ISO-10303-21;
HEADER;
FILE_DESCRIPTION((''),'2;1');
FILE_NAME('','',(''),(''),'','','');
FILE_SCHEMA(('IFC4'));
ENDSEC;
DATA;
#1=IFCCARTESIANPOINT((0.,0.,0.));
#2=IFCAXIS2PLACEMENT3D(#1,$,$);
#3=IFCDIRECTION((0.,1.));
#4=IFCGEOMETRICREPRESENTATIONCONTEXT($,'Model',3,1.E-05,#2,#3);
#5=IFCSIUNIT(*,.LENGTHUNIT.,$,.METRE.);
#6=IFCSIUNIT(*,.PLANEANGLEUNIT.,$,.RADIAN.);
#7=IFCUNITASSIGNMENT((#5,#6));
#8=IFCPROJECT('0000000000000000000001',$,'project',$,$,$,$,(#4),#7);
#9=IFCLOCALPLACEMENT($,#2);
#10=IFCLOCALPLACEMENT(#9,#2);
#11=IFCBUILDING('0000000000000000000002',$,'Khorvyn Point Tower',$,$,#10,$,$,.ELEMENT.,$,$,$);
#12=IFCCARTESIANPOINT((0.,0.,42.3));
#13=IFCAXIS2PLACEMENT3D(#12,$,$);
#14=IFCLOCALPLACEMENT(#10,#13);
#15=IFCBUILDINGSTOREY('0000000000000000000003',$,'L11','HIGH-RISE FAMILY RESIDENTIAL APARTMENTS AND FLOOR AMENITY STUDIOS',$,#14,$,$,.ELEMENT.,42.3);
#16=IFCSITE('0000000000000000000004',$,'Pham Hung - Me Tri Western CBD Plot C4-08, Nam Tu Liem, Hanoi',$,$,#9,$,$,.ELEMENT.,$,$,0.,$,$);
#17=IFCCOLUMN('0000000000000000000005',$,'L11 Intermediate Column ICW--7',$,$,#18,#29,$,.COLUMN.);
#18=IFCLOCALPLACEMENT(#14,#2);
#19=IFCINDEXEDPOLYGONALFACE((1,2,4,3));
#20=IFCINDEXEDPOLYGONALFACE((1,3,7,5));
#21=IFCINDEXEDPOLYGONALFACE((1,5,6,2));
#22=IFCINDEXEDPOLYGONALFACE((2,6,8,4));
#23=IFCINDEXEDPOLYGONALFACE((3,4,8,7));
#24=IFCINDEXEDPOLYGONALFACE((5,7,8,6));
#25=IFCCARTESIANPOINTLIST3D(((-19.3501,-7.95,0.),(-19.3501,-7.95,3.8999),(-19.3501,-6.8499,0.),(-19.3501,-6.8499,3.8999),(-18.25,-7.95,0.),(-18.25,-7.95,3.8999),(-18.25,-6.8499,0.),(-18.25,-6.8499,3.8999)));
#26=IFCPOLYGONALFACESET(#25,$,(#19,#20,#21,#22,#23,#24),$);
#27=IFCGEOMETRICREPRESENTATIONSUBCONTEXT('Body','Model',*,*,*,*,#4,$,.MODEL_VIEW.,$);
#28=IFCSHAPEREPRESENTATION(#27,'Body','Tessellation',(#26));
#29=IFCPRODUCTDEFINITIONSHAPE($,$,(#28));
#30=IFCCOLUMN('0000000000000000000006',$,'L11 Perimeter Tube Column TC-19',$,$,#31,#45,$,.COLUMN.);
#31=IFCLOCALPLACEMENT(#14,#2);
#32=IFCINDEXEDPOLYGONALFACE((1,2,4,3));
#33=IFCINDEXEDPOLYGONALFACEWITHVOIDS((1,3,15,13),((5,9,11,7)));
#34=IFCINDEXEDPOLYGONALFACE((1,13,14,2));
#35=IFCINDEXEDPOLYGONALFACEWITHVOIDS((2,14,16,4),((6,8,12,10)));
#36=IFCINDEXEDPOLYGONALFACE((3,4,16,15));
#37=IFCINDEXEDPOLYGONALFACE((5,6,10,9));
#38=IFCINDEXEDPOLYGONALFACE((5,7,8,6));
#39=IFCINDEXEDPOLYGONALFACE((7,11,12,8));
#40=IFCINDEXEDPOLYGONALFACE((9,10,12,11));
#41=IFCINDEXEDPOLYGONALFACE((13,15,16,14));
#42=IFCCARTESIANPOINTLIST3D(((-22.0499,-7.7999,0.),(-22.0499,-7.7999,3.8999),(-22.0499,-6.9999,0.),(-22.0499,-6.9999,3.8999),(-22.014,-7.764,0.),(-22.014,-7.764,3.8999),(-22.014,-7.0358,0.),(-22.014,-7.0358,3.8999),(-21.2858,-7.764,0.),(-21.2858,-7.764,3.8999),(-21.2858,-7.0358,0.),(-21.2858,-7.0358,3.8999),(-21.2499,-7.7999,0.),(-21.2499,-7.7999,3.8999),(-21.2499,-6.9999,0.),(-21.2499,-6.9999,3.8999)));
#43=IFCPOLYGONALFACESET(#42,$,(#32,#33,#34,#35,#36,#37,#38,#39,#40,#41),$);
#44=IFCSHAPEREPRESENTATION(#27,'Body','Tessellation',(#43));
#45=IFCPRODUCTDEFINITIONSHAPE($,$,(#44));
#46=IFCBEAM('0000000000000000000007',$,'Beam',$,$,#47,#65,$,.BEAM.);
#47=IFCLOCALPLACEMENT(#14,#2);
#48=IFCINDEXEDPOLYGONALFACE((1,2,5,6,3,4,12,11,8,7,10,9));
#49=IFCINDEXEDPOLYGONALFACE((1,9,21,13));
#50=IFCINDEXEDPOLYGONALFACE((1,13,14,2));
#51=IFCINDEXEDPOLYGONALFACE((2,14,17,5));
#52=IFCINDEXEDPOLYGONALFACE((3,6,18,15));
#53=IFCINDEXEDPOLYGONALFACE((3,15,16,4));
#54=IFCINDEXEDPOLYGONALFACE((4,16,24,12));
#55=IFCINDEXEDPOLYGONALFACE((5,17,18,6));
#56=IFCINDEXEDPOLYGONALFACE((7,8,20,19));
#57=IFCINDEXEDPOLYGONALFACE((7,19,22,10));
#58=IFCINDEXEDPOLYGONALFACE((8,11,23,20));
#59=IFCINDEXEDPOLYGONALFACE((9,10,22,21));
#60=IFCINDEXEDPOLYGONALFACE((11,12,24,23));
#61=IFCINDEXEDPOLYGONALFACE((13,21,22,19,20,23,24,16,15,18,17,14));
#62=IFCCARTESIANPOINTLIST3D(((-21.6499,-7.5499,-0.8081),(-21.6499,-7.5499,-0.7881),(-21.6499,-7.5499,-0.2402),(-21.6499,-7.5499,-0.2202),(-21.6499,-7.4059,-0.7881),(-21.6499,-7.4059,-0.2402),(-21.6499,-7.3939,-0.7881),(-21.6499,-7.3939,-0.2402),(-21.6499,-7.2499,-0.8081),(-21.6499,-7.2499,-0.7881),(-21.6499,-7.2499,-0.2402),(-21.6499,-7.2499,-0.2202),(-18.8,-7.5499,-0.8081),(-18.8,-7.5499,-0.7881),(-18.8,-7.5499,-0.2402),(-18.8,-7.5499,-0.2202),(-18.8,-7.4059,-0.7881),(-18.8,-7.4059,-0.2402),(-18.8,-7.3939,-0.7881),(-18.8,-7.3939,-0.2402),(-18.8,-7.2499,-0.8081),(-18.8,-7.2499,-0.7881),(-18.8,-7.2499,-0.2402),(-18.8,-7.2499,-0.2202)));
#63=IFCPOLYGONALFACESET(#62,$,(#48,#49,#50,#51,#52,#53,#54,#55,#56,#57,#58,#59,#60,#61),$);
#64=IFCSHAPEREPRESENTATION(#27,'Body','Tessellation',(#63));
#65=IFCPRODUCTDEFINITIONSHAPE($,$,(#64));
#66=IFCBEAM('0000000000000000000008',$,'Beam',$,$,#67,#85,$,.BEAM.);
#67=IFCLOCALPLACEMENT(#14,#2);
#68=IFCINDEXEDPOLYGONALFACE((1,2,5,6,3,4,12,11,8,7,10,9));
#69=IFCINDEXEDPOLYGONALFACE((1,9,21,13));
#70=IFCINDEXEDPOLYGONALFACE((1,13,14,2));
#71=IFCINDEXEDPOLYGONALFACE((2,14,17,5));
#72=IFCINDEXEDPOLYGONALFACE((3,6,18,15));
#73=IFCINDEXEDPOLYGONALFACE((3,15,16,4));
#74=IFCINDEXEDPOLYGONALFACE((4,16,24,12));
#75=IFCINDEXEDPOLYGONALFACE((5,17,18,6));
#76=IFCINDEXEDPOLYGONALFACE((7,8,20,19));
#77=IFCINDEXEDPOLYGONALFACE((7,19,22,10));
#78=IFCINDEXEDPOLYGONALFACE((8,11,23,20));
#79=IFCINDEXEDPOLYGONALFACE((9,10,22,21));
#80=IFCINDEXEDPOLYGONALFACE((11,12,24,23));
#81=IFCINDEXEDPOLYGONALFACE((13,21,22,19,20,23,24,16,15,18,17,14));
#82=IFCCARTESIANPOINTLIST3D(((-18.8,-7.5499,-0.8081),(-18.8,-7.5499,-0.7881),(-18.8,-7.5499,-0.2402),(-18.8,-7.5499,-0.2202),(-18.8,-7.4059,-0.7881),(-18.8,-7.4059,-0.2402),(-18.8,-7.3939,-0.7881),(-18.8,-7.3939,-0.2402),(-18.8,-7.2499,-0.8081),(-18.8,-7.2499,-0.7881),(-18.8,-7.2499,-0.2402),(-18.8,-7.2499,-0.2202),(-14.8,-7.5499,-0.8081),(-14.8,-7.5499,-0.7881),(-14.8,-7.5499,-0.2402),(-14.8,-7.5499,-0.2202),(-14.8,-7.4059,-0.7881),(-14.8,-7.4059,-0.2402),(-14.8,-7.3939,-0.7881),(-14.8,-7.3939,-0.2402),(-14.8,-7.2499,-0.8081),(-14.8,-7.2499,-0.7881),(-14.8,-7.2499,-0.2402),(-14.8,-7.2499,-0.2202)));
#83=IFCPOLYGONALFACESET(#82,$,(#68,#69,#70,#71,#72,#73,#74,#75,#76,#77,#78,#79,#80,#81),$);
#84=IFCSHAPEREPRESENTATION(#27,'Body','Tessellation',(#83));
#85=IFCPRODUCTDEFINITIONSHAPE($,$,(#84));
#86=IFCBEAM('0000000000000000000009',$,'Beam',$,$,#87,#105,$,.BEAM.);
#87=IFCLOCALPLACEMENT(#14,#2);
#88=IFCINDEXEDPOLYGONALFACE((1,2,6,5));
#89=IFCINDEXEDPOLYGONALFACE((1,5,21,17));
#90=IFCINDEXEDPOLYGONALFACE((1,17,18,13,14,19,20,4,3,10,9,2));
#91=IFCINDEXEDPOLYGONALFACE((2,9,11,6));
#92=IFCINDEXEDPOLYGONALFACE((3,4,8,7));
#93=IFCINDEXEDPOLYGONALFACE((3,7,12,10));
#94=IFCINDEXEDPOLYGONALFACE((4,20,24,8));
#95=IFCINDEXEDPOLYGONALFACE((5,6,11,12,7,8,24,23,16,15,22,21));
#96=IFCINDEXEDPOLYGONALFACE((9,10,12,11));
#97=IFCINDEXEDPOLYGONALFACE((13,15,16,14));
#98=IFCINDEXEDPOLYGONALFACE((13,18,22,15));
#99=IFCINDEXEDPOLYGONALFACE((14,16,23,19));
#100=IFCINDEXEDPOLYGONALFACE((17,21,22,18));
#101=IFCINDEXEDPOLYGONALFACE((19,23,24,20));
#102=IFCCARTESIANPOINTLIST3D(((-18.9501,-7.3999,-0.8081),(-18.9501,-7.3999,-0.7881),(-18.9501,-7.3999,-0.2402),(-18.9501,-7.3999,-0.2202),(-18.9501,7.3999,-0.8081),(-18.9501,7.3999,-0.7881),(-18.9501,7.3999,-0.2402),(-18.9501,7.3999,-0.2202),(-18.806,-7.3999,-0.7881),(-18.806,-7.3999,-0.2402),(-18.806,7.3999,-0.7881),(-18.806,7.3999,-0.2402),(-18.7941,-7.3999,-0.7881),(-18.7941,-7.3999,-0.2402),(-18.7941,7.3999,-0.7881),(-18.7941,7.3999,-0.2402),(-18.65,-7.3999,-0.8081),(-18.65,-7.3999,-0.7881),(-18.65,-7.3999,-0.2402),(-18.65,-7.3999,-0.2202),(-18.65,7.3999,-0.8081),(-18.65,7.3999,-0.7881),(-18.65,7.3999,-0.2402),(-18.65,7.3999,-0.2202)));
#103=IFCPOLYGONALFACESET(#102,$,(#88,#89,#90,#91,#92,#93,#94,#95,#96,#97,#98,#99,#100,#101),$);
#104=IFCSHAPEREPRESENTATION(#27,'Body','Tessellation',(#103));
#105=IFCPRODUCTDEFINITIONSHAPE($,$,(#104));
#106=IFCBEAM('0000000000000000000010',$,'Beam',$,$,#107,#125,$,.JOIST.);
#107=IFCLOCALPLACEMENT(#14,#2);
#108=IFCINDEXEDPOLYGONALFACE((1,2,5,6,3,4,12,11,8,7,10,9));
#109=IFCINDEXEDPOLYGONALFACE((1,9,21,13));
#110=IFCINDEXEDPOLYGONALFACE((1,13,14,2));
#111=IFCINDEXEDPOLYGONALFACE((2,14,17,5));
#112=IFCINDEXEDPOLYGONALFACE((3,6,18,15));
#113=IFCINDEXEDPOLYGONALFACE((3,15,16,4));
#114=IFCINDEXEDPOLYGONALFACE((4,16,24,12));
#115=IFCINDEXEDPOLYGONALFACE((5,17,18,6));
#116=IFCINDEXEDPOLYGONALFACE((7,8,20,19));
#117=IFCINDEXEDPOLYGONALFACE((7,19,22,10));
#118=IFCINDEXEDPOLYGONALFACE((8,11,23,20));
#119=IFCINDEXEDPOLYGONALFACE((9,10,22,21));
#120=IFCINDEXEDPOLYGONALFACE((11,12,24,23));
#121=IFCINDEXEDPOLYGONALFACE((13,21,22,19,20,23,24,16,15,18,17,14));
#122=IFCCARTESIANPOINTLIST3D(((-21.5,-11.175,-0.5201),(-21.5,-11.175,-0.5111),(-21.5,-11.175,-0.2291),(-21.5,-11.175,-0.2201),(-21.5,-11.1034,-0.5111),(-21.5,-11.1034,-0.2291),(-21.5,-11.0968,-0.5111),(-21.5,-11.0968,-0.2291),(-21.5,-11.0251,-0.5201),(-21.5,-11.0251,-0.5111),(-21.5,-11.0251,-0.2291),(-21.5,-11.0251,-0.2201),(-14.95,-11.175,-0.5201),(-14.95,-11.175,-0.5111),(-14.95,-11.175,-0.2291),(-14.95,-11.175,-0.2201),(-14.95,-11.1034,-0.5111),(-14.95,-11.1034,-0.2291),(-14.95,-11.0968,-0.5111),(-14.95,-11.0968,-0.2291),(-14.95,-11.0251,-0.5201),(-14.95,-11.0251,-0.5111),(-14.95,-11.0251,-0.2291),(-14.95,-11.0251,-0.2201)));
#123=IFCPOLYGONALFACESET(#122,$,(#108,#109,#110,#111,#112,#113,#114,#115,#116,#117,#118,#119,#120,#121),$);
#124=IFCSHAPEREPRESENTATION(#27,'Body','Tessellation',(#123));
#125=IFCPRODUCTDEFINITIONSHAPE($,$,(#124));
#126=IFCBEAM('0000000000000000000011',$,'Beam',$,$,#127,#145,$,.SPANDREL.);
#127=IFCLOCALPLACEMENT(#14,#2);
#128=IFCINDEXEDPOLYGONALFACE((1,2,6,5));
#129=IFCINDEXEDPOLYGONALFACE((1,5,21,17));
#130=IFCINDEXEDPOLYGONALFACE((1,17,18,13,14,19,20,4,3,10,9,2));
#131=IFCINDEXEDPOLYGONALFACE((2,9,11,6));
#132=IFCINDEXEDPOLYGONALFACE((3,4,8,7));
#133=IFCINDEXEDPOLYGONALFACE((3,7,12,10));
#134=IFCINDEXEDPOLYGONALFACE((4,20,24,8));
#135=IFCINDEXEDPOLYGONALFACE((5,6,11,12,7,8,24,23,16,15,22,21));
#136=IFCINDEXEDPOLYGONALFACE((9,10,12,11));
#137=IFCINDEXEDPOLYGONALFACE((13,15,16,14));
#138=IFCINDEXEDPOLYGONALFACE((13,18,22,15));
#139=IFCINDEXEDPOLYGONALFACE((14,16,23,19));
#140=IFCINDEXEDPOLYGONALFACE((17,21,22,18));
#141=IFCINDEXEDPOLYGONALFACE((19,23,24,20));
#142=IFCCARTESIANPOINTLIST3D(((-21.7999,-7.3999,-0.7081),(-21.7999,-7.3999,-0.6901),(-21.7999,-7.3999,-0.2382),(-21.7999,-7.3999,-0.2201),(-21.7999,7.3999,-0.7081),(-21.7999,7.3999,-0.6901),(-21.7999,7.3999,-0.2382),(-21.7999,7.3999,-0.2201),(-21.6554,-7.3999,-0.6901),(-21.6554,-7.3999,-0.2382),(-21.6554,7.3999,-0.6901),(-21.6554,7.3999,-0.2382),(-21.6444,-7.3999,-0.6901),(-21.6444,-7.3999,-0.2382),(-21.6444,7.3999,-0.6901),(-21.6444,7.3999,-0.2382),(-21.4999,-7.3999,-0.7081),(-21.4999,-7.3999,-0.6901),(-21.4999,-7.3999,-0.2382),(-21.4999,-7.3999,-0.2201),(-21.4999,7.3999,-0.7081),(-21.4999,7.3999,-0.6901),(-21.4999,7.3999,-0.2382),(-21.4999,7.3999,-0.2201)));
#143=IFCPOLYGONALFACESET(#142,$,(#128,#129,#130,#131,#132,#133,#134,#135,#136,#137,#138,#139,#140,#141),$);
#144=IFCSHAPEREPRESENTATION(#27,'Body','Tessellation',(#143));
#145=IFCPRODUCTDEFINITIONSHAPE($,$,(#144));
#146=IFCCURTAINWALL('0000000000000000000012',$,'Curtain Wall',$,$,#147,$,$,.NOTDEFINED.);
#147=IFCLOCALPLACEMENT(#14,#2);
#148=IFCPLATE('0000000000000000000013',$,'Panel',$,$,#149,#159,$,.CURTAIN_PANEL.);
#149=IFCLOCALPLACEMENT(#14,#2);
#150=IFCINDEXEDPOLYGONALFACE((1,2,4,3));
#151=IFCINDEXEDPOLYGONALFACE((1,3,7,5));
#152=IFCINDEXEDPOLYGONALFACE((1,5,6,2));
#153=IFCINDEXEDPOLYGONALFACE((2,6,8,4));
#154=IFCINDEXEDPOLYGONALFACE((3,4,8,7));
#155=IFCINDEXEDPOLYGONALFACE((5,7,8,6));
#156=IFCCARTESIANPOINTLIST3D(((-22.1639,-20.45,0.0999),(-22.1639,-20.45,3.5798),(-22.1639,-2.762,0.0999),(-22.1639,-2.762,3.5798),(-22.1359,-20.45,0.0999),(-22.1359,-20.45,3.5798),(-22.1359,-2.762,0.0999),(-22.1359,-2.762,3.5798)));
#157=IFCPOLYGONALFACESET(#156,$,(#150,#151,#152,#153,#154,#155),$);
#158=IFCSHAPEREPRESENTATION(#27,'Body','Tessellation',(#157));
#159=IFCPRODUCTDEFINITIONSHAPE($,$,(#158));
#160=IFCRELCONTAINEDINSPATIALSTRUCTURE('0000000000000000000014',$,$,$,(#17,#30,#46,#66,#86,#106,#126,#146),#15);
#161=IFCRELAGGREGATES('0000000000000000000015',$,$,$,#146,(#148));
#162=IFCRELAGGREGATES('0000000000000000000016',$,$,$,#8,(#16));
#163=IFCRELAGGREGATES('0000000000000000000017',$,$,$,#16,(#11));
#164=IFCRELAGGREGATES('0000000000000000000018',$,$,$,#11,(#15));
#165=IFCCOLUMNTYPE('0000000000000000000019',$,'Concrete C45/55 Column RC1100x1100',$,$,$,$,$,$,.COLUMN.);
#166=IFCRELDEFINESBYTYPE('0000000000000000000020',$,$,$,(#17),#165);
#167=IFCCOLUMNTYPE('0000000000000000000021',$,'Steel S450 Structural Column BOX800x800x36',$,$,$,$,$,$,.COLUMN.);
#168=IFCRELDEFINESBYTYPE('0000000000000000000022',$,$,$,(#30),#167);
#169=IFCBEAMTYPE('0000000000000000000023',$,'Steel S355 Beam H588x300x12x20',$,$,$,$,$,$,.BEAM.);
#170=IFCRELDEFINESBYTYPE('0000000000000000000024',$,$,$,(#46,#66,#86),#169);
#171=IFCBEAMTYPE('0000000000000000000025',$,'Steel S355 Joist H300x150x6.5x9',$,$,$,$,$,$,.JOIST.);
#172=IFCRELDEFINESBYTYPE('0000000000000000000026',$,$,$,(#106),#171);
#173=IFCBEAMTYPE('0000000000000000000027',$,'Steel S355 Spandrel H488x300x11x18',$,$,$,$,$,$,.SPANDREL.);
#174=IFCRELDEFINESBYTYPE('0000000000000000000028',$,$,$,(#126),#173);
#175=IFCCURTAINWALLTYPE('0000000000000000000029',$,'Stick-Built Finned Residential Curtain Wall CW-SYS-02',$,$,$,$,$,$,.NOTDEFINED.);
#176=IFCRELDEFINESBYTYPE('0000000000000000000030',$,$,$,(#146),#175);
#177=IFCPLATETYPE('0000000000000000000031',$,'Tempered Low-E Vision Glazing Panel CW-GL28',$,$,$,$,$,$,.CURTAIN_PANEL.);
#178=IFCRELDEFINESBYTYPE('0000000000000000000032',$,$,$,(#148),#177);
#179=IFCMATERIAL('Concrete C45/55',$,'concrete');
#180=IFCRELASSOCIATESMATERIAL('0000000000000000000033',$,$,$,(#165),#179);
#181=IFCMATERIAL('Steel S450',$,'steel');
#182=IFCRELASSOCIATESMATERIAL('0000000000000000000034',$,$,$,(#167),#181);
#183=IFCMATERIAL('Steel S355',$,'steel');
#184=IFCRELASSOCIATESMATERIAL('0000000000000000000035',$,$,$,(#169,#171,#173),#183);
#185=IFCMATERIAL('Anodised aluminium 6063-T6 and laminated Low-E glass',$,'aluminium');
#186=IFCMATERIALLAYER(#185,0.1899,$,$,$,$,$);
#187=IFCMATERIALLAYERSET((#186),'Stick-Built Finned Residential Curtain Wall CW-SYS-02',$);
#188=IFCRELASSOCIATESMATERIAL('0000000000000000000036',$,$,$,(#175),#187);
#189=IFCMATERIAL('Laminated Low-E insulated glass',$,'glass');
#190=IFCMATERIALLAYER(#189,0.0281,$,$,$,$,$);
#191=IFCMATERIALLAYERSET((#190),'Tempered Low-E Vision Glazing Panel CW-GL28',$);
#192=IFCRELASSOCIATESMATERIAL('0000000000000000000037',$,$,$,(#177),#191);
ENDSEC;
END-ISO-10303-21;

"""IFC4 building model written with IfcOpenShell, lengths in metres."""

from ifc_helpers import new_model, si_unit, direction, frame, origin, origin_2d, place, context, subcontext, project, spatial, rectangle, hollow_rectangle, i_section, extrude, material, layer, layer_set, material_profile, profile_set, type_object, element, aggregate, save


model = new_model("IFC4")

# Units and contexts
model_context = context("Model", 3, precision=1e-05, world=origin(), true_north=direction((0.0, 1.0)))
body_context = subcontext(model_context, "Body", "Model", "MODEL_VIEW")
ifc_project = project(units=[si_unit("LENGTHUNIT", "METRE"), si_unit("PLANEANGLEUNIT", "RADIAN")], contexts=[model_context])

# Site, building, storey
site_placement = place(None, origin())
site = spatial("IfcSite", under=ifc_project, at=site_placement, Name="Pham Hung - Me Tri Western CBD Plot C4-08, Nam Tu Liem, Hanoi", CompositionType="ELEMENT", RefElevation=0.0)
building_placement = place(site_placement, origin())
building = spatial("IfcBuilding", under=site, at=building_placement, Name="Khorvyn Point Tower", CompositionType="ELEMENT")
storey_placement = place(building_placement, frame((0.0, 0.0, 42.3)))
storey = spatial("IfcBuildingStorey", under=building, at=storey_placement, Name="L11", Description="HIGH-RISE FAMILY RESIDENTIAL APARTMENTS AND FLOOR AMENITY STUDIOS", CompositionType="ELEMENT", Elevation=42.3)

# Columns
ifc_material_1 = material(Name="Concrete C45/55", Category="concrete")
ifc_material_profile_1 = material_profile(ifc_material_1, rectangle(XDim=1.1001, YDim=1.1001, at=origin_2d()))
ifc_profile_set_1 = profile_set([ifc_material_profile_1], Name="Concrete C45/55 RC1100x1100")
column_type_1 = type_object("IfcColumnType", Name="Concrete C45/55 Column RC1100x1100", PredefinedType="COLUMN", material=ifc_profile_set_1)
column_1_placement = place(storey_placement, frame((-18.8, -7.3999, 0.0), z_axis=(0.0, 0.0, 1.0), x_axis=(1.0, 0.0, 0.0)))
element("IfcColumn", 1, at=column_1_placement, inside=storey, type_object=column_type_1, Name="L11 Intermediate Column ICW--7", PredefinedType="COLUMN", context=body_context, shape_type="SweptSolid", body=[
    extrude(rectangle(XDim=1.1001, YDim=1.1001, at=origin_2d()), origin(), (0.0, 0.0, 1.0), 3.8999),
])
ifc_material_2 = material(Name="Steel S450", Category="steel")
ifc_material_profile_2 = material_profile(ifc_material_2, hollow_rectangle(XDim=0.8, YDim=0.8, WallThickness=0.0359, at=origin_2d()))
ifc_profile_set_2 = profile_set([ifc_material_profile_2], Name="Steel S450 BOX800x800x36")
column_type_2 = type_object("IfcColumnType", Name="Steel S450 Structural Column BOX800x800x36", PredefinedType="COLUMN", material=ifc_profile_set_2)
column_2_placement = place(storey_placement, frame((-21.6499, -7.3999, 0.0), z_axis=(0.0, 0.0, 1.0), x_axis=(1.0, 0.0, 0.0)))
element("IfcColumn", 2, at=column_2_placement, inside=storey, type_object=column_type_2, Name="L11 Perimeter Tube Column TC-19", PredefinedType="COLUMN", context=body_context, shape_type="SweptSolid", body=[
    extrude(hollow_rectangle(XDim=0.8, YDim=0.8, WallThickness=0.0359, at=origin_2d()), origin(), (0.0, 0.0, 1.0), 3.8999),
])

# Beams
ifc_material_3 = material(Name="Steel S355", Category="steel")
ifc_material_profile_3 = material_profile(ifc_material_3, i_section(OverallWidth=0.3, OverallDepth=0.5879, WebThickness=0.012, FlangeThickness=0.02, at=origin_2d()))
ifc_profile_set_3 = profile_set([ifc_material_profile_3], Name="Steel S355 H588x300x12x20")
beam_type_1 = type_object("IfcBeamType", Name="Steel S355 Beam H588x300x12x20", PredefinedType="BEAM", material=ifc_profile_set_3)
beam_1_placement = place(storey_placement, frame((-21.6499, -7.3999, -0.5142), z_axis=(1.0, 0.0, 0.0), x_axis=(0.0, 1.0, 0.0)))
element("IfcBeam", 3, at=beam_1_placement, inside=storey, type_object=beam_type_1, Name="Beam", PredefinedType="BEAM", context=body_context, shape_type="SweptSolid", body=[
    extrude(i_section(OverallWidth=0.3, OverallDepth=0.5879, WebThickness=0.012, FlangeThickness=0.02, at=origin_2d()), origin(), (0.0, 0.0, 1.0), 2.8499),
])
beam_2_placement = place(storey_placement, frame((-18.8, -7.3999, -0.5142), z_axis=(1.0, 0.0, 0.0), x_axis=(0.0, 1.0, 0.0)))
element("IfcBeam", 4, at=beam_2_placement, inside=storey, type_object=beam_type_1, Name="Beam", PredefinedType="BEAM", context=body_context, shape_type="SweptSolid", body=[
    extrude(i_section(OverallWidth=0.3, OverallDepth=0.5879, WebThickness=0.012, FlangeThickness=0.02, at=origin_2d()), origin(), (0.0, 0.0, 1.0), 4.0),
])
beam_3_placement = place(storey_placement, frame((-18.8, -7.3999, -0.5142), z_axis=(0.0, 1.0, 0.0), x_axis=(-1.0, 0.0, 0.0)))
element("IfcBeam", 5, at=beam_3_placement, inside=storey, type_object=beam_type_1, Name="Beam", PredefinedType="BEAM", context=body_context, shape_type="SweptSolid", body=[
    extrude(i_section(OverallWidth=0.3, OverallDepth=0.5879, WebThickness=0.012, FlangeThickness=0.02, at=origin_2d()), origin(), (0.0, 0.0, 1.0), 14.7998),
])
ifc_material_profile_4 = material_profile(ifc_material_3, i_section(OverallWidth=0.1499, OverallDepth=0.3, WebThickness=0.0066, FlangeThickness=0.009, at=origin_2d()))
ifc_profile_set_4 = profile_set([ifc_material_profile_4], Name="Steel S355 H300x150x6.5x9")
beam_type_2 = type_object("IfcBeamType", Name="Steel S355 Joist H300x150x6.5x9", PredefinedType="JOIST", material=ifc_profile_set_4)
beam_4_placement = place(storey_placement, frame((-21.5, -11.1001, -0.3701), z_axis=(1.0, 0.0, 0.0), x_axis=(0.0, 1.0, 0.0)))
element("IfcBeam", 6, at=beam_4_placement, inside=storey, type_object=beam_type_2, Name="Beam", PredefinedType="JOIST", context=body_context, shape_type="SweptSolid", body=[
    extrude(i_section(OverallWidth=0.1499, OverallDepth=0.3, WebThickness=0.0066, FlangeThickness=0.009, at=origin_2d()), origin(), (0.0, 0.0, 1.0), 6.55),
])
ifc_material_profile_5 = material_profile(ifc_material_3, i_section(OverallWidth=0.3, OverallDepth=0.488, WebThickness=0.011, FlangeThickness=0.0181, at=origin_2d()))
ifc_profile_set_5 = profile_set([ifc_material_profile_5], Name="Steel S355 H488x300x11x18")
beam_type_3 = type_object("IfcBeamType", Name="Steel S355 Spandrel H488x300x11x18", PredefinedType="SPANDREL", material=ifc_profile_set_5)
beam_5_placement = place(storey_placement, frame((-21.6499, -7.3999, -0.4641), z_axis=(0.0, 1.0, 0.0), x_axis=(-1.0, 0.0, 0.0)))
element("IfcBeam", 7, at=beam_5_placement, inside=storey, type_object=beam_type_3, Name="Beam", PredefinedType="SPANDREL", context=body_context, shape_type="SweptSolid", body=[
    extrude(i_section(OverallWidth=0.3, OverallDepth=0.488, WebThickness=0.011, FlangeThickness=0.0181, at=origin_2d()), origin(), (0.0, 0.0, 1.0), 14.7998),
])

# Curtain wall, plate
ifc_material_4 = material(Name="Anodised aluminium 6063-T6 and laminated Low-E glass", Category="aluminium")
ifc_layer_1 = layer(ifc_material_4, 0.1899)
ifc_layer_set_1 = layer_set([ifc_layer_1], Name="Stick-Built Finned Residential Curtain Wall CW-SYS-02")
curtain_wall_type = type_object("IfcCurtainWallType", Name="Stick-Built Finned Residential Curtain Wall CW-SYS-02", PredefinedType="NOTDEFINED", material=ifc_layer_set_1)
curtain_wall_placement = place(storey_placement, origin())
curtain_wall = element("IfcCurtainWall", 8, at=curtain_wall_placement, inside=storey, type_object=curtain_wall_type, Name="Curtain Wall", PredefinedType="NOTDEFINED")
ifc_material_5 = material(Name="Laminated Low-E insulated glass", Category="glass")
ifc_layer_2 = layer(ifc_material_5, 0.0281)
ifc_layer_set_2 = layer_set([ifc_layer_2], Name="Tempered Low-E Vision Glazing Panel CW-GL28")
plate_type = type_object("IfcPlateType", Name="Tempered Low-E Vision Glazing Panel CW-GL28", PredefinedType="CURTAIN_PANEL", material=ifc_layer_set_2)
plate_placement = place(storey_placement, frame((-22.1499, -11.606, 0.0999), z_axis=(0.0, 0.0, 1.0), x_axis=(0.0, 1.0, 0.0)))
plate = element("IfcPlate", 9, at=plate_placement, type_object=plate_type, Name="Panel", PredefinedType="CURTAIN_PANEL", context=body_context, shape_type="SweptSolid", body=[
    extrude(rectangle(XDim=17.688, YDim=0.0281, at=origin_2d()), origin(), (0.0, 0.0, 1.0), 3.48),
])
aggregate(curtain_wall, [plate])

save(model, "model.ifc")
